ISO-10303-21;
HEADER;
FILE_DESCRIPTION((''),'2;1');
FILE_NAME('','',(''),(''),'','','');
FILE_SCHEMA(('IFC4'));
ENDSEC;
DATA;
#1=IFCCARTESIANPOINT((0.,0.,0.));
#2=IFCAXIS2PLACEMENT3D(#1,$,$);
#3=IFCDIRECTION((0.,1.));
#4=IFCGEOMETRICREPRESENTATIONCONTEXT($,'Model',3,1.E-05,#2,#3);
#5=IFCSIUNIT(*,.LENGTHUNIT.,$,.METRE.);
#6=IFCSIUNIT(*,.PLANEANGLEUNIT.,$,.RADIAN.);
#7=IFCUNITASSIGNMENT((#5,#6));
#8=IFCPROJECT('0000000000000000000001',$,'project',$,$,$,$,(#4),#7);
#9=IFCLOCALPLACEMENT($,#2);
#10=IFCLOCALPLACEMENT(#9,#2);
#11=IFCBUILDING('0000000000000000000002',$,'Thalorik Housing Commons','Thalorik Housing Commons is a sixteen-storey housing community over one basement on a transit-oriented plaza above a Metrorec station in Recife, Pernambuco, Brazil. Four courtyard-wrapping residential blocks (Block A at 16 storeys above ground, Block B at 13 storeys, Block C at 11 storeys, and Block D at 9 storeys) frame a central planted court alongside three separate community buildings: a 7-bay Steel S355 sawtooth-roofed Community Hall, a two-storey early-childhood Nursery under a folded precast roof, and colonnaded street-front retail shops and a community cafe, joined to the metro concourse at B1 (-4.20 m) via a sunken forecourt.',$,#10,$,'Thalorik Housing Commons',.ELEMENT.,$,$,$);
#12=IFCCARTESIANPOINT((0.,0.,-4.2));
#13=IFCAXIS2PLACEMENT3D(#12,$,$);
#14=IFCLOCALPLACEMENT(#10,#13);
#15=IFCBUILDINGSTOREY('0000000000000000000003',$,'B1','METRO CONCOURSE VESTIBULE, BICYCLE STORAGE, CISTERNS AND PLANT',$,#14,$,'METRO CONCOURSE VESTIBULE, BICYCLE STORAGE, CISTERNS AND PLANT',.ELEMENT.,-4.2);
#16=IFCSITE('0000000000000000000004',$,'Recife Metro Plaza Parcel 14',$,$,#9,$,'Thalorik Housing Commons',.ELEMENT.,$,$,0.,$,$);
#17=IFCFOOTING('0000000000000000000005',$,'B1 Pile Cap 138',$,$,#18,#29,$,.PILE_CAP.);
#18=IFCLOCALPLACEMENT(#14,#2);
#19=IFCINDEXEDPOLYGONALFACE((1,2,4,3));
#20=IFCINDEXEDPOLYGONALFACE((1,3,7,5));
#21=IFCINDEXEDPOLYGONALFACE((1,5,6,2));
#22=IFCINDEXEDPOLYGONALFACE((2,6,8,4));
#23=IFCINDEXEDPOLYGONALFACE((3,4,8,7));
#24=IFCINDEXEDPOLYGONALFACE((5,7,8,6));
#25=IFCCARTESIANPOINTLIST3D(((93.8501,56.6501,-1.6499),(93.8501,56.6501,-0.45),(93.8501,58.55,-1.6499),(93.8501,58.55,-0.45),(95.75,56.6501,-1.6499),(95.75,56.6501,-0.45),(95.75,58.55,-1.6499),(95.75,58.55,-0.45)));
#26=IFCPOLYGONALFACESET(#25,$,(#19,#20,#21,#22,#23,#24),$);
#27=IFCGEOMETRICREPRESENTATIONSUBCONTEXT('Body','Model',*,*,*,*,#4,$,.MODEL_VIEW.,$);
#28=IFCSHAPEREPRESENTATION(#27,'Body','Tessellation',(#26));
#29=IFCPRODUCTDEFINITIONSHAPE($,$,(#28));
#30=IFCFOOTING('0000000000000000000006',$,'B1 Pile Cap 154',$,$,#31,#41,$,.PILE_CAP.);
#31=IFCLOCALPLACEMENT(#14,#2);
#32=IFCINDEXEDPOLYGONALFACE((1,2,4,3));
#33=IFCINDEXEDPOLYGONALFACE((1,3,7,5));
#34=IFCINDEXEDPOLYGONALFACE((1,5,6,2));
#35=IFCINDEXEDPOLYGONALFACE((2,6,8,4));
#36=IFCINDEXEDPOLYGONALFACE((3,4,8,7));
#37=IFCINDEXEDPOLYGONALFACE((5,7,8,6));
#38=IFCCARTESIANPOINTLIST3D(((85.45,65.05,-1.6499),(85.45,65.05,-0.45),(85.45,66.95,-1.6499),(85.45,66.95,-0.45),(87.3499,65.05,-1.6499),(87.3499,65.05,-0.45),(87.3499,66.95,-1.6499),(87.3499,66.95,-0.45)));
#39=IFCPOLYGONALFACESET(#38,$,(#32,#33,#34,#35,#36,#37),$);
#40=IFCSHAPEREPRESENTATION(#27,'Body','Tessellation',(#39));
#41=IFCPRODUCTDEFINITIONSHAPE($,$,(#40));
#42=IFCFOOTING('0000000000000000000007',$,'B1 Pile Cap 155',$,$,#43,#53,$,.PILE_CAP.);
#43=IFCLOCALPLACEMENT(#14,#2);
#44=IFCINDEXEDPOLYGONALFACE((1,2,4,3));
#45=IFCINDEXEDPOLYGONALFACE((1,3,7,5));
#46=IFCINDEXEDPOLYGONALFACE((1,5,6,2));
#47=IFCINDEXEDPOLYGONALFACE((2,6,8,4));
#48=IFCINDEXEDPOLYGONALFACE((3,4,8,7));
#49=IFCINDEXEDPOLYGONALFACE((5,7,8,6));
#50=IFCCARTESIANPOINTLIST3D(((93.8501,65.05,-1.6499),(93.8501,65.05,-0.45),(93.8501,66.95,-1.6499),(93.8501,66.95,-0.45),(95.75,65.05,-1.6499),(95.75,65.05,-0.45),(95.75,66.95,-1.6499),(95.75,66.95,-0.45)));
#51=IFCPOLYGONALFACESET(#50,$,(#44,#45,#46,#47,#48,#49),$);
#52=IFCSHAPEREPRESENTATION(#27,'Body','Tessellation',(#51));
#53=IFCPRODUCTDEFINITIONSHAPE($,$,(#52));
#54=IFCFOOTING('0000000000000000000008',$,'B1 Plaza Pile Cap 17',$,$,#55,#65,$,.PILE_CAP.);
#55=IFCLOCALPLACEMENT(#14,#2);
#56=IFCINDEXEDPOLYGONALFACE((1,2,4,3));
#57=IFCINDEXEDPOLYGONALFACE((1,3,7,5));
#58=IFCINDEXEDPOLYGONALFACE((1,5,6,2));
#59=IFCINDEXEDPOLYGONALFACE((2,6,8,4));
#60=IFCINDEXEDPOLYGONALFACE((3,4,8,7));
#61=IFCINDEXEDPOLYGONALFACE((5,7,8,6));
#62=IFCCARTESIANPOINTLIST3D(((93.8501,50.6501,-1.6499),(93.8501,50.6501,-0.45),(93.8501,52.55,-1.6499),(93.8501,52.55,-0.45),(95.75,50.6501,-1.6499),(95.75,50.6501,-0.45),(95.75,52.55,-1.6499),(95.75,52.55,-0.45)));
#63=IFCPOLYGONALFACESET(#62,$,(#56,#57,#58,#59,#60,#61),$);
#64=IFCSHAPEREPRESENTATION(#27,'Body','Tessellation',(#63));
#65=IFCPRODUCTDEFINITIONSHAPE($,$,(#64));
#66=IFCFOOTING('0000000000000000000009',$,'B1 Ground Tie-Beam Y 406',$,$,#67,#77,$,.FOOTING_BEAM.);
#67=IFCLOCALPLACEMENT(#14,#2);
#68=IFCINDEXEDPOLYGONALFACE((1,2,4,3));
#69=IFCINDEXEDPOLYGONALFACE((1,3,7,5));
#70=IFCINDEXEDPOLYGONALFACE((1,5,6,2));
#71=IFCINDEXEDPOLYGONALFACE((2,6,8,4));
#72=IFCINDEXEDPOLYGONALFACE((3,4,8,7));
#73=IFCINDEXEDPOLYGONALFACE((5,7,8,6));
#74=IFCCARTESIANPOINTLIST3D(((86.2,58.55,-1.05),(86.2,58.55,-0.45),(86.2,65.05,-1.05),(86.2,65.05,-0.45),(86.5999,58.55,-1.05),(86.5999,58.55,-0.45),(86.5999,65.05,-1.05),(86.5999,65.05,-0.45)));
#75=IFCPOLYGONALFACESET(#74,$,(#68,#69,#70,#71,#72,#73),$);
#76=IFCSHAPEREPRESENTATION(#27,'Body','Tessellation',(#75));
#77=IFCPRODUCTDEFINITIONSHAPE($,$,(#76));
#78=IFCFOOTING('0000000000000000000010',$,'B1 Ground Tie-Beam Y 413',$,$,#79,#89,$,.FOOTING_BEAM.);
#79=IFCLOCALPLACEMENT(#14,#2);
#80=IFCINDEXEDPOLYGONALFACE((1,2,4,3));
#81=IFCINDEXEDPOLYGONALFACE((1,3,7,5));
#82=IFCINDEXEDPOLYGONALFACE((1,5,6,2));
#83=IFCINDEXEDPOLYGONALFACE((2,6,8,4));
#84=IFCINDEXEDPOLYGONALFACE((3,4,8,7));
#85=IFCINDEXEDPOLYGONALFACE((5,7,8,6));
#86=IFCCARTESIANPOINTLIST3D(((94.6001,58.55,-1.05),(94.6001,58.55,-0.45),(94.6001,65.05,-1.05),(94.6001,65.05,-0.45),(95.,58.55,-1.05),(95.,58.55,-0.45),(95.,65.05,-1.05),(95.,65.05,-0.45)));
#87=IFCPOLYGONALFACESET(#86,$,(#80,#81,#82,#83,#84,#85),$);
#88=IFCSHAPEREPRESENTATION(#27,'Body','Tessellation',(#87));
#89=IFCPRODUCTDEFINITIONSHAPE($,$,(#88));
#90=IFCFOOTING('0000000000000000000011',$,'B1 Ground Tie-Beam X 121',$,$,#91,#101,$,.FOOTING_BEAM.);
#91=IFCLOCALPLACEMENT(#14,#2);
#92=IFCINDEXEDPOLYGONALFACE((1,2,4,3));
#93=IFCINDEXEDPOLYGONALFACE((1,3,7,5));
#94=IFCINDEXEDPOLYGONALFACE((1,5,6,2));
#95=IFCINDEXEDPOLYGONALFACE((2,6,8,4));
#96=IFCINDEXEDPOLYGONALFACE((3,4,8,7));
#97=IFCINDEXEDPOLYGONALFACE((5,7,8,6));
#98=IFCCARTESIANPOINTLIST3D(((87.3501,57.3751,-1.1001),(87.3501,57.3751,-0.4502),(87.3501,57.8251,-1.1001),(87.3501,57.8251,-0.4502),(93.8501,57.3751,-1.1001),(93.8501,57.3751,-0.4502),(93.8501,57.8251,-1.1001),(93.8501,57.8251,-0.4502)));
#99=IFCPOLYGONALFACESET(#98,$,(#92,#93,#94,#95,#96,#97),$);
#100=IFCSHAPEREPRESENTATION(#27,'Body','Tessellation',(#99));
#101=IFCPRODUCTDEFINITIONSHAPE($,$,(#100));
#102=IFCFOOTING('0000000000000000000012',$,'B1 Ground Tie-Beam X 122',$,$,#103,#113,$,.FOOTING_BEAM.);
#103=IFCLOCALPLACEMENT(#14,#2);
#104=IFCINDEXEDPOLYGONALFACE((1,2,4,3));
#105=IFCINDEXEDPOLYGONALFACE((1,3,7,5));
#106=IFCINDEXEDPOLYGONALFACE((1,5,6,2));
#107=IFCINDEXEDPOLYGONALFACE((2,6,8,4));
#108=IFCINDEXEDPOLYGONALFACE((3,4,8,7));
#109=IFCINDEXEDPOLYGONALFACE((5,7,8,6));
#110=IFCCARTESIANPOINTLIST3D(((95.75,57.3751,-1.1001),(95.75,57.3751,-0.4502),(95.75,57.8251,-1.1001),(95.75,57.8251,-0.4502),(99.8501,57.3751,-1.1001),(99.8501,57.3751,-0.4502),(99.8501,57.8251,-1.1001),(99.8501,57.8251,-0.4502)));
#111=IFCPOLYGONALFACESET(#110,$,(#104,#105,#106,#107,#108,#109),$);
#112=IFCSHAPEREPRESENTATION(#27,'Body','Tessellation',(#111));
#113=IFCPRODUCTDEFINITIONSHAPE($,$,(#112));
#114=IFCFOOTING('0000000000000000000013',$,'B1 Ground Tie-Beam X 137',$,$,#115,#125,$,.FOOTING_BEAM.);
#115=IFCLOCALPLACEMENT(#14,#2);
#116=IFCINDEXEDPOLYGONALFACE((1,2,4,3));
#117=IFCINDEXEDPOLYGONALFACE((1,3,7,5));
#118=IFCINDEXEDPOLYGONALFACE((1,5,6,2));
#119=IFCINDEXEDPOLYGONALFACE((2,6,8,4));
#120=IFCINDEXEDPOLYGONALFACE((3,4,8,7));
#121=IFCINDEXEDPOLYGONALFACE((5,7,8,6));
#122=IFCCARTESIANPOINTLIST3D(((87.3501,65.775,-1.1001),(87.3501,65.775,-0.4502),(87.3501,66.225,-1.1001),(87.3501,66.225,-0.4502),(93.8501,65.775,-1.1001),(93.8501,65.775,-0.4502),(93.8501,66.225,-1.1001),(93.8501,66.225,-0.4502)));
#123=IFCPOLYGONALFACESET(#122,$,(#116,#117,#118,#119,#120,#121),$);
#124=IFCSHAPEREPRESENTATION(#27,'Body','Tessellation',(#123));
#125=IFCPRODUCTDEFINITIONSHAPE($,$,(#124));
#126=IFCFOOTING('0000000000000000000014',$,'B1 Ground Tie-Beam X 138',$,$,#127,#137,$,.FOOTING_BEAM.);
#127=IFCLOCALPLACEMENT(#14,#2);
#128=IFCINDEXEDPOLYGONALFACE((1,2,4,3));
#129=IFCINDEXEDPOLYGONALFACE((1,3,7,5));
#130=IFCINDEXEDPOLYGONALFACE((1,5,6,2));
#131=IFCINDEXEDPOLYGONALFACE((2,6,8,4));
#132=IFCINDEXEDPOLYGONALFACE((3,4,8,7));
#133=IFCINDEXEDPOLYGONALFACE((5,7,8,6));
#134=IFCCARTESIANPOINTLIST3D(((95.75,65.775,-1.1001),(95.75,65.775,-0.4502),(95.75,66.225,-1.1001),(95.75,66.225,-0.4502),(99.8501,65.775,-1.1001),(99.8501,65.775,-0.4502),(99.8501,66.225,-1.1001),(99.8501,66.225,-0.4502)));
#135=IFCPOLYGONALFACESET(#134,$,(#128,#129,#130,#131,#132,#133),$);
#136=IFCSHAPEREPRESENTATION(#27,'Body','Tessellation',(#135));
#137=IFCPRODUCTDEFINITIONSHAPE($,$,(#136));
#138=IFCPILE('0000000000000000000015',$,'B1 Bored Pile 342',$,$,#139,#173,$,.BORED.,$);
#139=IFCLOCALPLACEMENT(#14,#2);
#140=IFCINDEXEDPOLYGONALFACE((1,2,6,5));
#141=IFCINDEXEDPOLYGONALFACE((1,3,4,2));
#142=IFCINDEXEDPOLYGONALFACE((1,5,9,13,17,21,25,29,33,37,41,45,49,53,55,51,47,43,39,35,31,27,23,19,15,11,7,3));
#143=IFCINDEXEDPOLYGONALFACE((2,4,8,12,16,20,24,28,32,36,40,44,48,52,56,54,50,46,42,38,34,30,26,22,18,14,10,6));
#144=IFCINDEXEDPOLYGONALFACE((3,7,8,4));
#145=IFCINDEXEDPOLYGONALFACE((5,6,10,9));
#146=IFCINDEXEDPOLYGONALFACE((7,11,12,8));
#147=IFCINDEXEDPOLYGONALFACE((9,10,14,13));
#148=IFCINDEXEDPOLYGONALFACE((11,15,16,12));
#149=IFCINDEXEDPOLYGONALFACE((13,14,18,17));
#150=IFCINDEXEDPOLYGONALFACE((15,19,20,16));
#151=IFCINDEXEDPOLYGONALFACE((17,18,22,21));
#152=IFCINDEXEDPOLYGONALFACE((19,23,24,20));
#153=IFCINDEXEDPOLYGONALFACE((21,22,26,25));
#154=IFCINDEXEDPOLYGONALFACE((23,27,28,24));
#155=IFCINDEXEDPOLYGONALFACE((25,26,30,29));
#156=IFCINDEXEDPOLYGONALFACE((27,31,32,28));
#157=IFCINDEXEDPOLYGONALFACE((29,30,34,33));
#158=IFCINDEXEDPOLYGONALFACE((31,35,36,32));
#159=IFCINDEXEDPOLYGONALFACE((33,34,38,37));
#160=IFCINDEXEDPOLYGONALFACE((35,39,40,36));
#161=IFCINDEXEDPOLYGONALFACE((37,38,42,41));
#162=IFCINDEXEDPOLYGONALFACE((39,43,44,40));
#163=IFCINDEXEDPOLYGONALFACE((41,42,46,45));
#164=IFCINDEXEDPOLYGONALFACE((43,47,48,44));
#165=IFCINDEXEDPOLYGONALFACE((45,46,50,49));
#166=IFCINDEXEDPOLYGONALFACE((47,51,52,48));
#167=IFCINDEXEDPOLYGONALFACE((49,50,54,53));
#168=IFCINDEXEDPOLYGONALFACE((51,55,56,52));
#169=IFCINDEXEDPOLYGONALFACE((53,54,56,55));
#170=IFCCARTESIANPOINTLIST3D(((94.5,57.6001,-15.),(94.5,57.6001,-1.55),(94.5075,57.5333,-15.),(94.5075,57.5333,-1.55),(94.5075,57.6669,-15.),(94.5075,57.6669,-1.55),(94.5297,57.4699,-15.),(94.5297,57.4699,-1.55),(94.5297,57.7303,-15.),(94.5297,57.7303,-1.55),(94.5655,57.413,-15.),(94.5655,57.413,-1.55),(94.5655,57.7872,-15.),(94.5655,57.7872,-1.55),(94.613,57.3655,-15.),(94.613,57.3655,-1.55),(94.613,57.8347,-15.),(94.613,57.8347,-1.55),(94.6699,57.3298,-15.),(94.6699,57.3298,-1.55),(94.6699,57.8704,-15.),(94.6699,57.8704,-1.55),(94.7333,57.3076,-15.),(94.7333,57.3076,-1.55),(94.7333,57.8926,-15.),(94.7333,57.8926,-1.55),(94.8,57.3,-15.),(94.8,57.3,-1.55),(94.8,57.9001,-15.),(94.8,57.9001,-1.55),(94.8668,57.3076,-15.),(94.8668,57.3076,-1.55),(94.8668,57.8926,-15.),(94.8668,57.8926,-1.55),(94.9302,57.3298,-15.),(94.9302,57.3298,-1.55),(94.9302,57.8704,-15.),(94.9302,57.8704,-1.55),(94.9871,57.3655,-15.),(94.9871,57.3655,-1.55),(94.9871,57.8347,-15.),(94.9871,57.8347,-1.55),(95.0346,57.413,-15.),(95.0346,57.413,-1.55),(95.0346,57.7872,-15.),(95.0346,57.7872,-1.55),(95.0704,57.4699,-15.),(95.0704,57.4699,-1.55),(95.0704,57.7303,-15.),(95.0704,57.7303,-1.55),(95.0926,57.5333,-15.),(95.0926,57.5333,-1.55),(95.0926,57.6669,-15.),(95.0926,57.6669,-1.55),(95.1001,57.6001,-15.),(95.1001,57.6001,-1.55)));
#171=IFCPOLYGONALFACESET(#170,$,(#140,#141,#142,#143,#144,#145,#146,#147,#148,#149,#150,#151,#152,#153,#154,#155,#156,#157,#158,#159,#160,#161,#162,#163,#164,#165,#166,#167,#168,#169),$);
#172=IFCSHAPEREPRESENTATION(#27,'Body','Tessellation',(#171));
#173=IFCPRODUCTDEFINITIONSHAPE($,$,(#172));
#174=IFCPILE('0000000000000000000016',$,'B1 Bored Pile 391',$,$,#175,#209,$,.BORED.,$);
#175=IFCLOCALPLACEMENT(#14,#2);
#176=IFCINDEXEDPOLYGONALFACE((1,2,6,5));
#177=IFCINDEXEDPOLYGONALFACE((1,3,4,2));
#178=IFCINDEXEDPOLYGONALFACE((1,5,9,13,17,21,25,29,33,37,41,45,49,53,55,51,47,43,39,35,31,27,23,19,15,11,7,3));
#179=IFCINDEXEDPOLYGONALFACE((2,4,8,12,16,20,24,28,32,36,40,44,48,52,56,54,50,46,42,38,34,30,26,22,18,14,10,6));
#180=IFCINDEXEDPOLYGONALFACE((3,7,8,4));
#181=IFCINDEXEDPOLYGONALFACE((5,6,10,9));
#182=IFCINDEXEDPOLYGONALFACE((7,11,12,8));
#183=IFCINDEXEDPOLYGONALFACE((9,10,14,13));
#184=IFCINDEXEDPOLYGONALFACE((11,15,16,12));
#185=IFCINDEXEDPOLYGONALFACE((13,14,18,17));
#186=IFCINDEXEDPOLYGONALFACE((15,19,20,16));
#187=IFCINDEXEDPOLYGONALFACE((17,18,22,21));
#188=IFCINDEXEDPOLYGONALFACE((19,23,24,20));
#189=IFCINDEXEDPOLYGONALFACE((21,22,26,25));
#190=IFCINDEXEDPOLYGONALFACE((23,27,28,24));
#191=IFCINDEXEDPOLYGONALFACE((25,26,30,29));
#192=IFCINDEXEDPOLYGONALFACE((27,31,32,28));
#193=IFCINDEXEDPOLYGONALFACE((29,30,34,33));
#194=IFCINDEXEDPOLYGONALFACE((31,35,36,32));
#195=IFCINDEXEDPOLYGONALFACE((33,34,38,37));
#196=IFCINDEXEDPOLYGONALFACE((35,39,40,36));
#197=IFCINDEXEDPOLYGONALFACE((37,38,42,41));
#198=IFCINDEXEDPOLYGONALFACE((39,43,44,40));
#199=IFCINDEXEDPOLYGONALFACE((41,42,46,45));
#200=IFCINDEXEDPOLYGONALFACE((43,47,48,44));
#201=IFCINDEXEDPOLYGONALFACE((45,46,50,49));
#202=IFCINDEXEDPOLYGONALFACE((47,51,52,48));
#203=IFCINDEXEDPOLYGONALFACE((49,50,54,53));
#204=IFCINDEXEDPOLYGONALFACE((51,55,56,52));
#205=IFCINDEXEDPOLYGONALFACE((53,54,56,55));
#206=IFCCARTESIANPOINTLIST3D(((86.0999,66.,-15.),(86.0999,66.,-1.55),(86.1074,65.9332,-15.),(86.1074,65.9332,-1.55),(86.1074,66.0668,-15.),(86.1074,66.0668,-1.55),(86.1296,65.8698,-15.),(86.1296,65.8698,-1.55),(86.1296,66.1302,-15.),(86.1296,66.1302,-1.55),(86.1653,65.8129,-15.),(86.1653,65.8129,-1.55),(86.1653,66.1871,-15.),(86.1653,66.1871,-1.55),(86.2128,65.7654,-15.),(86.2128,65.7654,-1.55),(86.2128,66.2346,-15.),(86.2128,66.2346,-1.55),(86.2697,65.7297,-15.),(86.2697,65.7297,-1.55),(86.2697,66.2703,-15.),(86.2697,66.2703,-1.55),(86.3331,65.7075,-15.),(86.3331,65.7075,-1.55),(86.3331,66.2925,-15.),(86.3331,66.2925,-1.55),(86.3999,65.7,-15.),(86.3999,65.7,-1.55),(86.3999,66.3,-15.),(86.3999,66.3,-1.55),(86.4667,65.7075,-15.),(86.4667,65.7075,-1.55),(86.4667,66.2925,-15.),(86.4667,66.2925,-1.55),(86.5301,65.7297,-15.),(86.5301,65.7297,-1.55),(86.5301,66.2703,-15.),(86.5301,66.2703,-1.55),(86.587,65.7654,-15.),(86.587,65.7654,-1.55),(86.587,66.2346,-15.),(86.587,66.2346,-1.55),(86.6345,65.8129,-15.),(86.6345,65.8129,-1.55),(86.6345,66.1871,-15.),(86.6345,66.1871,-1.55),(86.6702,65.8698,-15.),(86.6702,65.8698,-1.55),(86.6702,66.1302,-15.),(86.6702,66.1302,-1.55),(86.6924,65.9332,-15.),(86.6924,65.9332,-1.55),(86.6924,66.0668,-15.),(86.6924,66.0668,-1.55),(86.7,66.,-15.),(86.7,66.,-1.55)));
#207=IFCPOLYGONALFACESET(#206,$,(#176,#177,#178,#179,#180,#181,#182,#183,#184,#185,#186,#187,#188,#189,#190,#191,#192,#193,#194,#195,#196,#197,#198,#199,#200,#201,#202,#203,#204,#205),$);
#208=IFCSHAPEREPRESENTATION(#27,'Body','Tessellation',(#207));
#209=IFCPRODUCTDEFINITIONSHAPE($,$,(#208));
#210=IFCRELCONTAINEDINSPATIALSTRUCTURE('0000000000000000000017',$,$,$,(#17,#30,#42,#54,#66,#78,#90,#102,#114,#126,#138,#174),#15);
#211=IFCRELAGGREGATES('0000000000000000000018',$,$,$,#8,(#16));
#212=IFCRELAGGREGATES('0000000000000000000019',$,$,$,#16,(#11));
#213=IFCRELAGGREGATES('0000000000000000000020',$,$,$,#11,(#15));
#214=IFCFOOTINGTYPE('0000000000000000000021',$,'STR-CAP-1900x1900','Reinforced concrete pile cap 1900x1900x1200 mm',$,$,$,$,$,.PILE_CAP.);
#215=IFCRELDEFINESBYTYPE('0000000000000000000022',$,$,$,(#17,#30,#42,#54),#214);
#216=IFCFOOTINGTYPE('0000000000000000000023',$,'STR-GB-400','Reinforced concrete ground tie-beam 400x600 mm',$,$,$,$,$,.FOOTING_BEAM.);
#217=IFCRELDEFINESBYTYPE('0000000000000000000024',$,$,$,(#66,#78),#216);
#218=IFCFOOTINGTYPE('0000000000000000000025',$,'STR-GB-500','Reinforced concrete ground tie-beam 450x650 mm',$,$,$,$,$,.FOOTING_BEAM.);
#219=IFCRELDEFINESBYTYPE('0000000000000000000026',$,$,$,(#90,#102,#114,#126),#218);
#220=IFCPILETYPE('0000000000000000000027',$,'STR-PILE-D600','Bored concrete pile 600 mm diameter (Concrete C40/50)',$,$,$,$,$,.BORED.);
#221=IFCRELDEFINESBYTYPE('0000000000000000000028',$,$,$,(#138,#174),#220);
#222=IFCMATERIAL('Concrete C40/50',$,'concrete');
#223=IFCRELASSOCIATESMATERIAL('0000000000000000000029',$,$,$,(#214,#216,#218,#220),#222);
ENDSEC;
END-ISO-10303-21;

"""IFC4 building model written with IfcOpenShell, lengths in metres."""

from ifc_helpers import new_model, si_unit, direction, frame, origin, origin_2d, place, context, subcontext, project, spatial, rectangle, circle, extrude, material, material_profile, profile_set, type_object, element, save


model = new_model("IFC4")

# Units and contexts
model_context = context("Model", 3, precision=1e-05, world=origin(), true_north=direction((0.0, 1.0)))
body_context = subcontext(model_context, "Body", "Model", "MODEL_VIEW")
ifc_project = project(units=[si_unit("LENGTHUNIT", "METRE"), si_unit("PLANEANGLEUNIT", "RADIAN")], contexts=[model_context])

# Site, building, storey
site_placement = place(None, origin())
site = spatial("IfcSite", under=ifc_project, at=site_placement, Name="Recife Metro Plaza Parcel 14", LongName="Thalorik Housing Commons", CompositionType="ELEMENT", RefElevation=0.0)
building_placement = place(site_placement, origin())
building = spatial("IfcBuilding", under=site, at=building_placement, Name="Thalorik Housing Commons", Description="Thalorik Housing Commons is a sixteen-storey housing community over one basement on a transit-oriented plaza above a Metrorec station in Recife, Pernambuco, Brazil. Four courtyard-wrapping residential blocks (Block A at 16 storeys above ground, Block B at 13 storeys, Block C at 11 storeys, and Block D at 9 storeys) frame a central planted court alongside three separate community buildings: a 7-bay Steel S355 sawtooth-roofed Community Hall, a two-storey early-childhood Nursery under a folded precast roof, and colonnaded street-front retail shops and a community cafe, joined to the metro concourse at B1 (-4.20 m) via a sunken forecourt.", LongName="Thalorik Housing Commons", CompositionType="ELEMENT")
storey_placement = place(building_placement, frame((0.0, 0.0, -4.2)))
storey = spatial("IfcBuildingStorey", under=building, at=storey_placement, Name="B1", Description="METRO CONCOURSE VESTIBULE, BICYCLE STORAGE, CISTERNS AND PLANT", LongName="METRO CONCOURSE VESTIBULE, BICYCLE STORAGE, CISTERNS AND PLANT", CompositionType="ELEMENT", Elevation=-4.2)

# Footings
ifc_material_1 = material(Name="Concrete C40/50", Category="concrete")
footing_type_1 = type_object("IfcFootingType", Name="STR-CAP-1900x1900", Description="Reinforced concrete pile cap 1900x1900x1200 mm", PredefinedType="PILE_CAP", material=ifc_material_1)
for number, where, z_axis, x_axis, name in (
    (1, (94.8, 57.6001, -1.6499), (0.0, 0.0, 1.0), (1.0, 0.0, 0.0), "B1 Pile Cap 138"),
    (2, (86.3999, 66.0, -1.6499), (0.0, 0.0, 1.0), (1.0, 0.0, 0.0), "B1 Pile Cap 154"),
    (3, (94.8, 66.0, -1.6499), (0.0, 0.0, 1.0), (1.0, 0.0, 0.0), "B1 Pile Cap 155"),
    (4, (94.8, 51.6001, -1.6499), (0.0, 0.0, 1.0), (1.0, 0.0, 0.0), "B1 Plaza Pile Cap 17"),
):
    element("IfcFooting", number, at=place(storey_placement, frame(where, z_axis=z_axis, x_axis=x_axis)), inside=storey, type_object=footing_type_1, Name=name, PredefinedType="PILE_CAP", context=body_context, shape_type="SweptSolid", body=[
        extrude(rectangle(XDim=1.8999, YDim=1.8999, at=origin_2d()), origin(), (0.0, 0.0, 1.0), 1.2),
    ])
ifc_material_profile_1 = material_profile(ifc_material_1, rectangle(XDim=0.3999, YDim=0.6001, at=origin_2d()), Name="RC 400x600", Category="concrete")
ifc_profile_set_1 = profile_set([ifc_material_profile_1], Name="Concrete C40/50")
footing_type_2 = type_object("IfcFootingType", Name="STR-GB-400", Description="Reinforced concrete ground tie-beam 400x600 mm", PredefinedType="FOOTING_BEAM", material=ifc_profile_set_1)
for number, where, z_axis, x_axis, name in (
    (5, (86.3999, 58.55, -0.75), (0.0, 1.0, 0.0), (-1.0, 0.0, 0.0), "B1 Ground Tie-Beam Y 406"),
    (6, (94.8, 58.55, -0.75), (0.0, 1.0, 0.0), (-1.0, 0.0, 0.0), "B1 Ground Tie-Beam Y 413"),
):
    element("IfcFooting", number, at=place(storey_placement, frame(where, z_axis=z_axis, x_axis=x_axis)), inside=storey, type_object=footing_type_2, Name=name, PredefinedType="FOOTING_BEAM", context=body_context, shape_type="SweptSolid", body=[
        extrude(rectangle(XDim=0.3999, YDim=0.6001, at=origin_2d()), origin(), (0.0, 0.0, 1.0), 6.5),
    ])
ifc_material_profile_2 = material_profile(ifc_material_1, rectangle(XDim=0.45, YDim=0.6499, at=origin_2d()), Name="RC 450x650", Category="concrete")
ifc_profile_set_2 = profile_set([ifc_material_profile_2], Name="Concrete C40/50")
footing_type_3 = type_object("IfcFootingType", Name="STR-GB-500", Description="Reinforced concrete ground tie-beam 450x650 mm", PredefinedType="FOOTING_BEAM", material=ifc_profile_set_2)
footing_1_placement = place(storey_placement, frame((87.3501, 57.6001, -0.7751), z_axis=(1.0, 0.0, 0.0), x_axis=(0.0, 1.0, 0.0)))
element("IfcFooting", 7, at=footing_1_placement, inside=storey, type_object=footing_type_3, Name="B1 Ground Tie-Beam X 121", PredefinedType="FOOTING_BEAM", context=body_context, shape_type="SweptSolid", body=[
    extrude(rectangle(XDim=0.45, YDim=0.6499, at=origin_2d()), origin(), (0.0, 0.0, 1.0), 6.5),
])
footing_2_placement = place(storey_placement, frame((95.75, 57.6001, -0.7751), z_axis=(1.0, 0.0, 0.0), x_axis=(0.0, 1.0, 0.0)))
element("IfcFooting", 8, at=footing_2_placement, inside=storey, type_object=footing_type_3, Name="B1 Ground Tie-Beam X 122", PredefinedType="FOOTING_BEAM", context=body_context, shape_type="SweptSolid", body=[
    extrude(rectangle(XDim=0.45, YDim=0.6499, at=origin_2d()), origin(), (0.0, 0.0, 1.0), 4.1001),
])
footing_3_placement = place(storey_placement, frame((87.3501, 66.0, -0.7751), z_axis=(1.0, 0.0, 0.0), x_axis=(0.0, 1.0, 0.0)))
element("IfcFooting", 9, at=footing_3_placement, inside=storey, type_object=footing_type_3, Name="B1 Ground Tie-Beam X 137", PredefinedType="FOOTING_BEAM", context=body_context, shape_type="SweptSolid", body=[
    extrude(rectangle(XDim=0.45, YDim=0.6499, at=origin_2d()), origin(), (0.0, 0.0, 1.0), 6.5),
])
footing_4_placement = place(storey_placement, frame((95.75, 66.0, -0.7751), z_axis=(1.0, 0.0, 0.0), x_axis=(0.0, 1.0, 0.0)))
element("IfcFooting", 10, at=footing_4_placement, inside=storey, type_object=footing_type_3, Name="B1 Ground Tie-Beam X 138", PredefinedType="FOOTING_BEAM", context=body_context, shape_type="SweptSolid", body=[
    extrude(rectangle(XDim=0.45, YDim=0.6499, at=origin_2d()), origin(), (0.0, 0.0, 1.0), 4.1001),
])

# Piles
ifc_material_profile_3 = material_profile(ifc_material_1, circle(Radius=0.3, at=origin_2d()), Name="BORED PILE D600", Category="concrete")
ifc_profile_set_3 = profile_set([ifc_material_profile_3], Name="Concrete C40/50")
pile_type_1 = type_object("IfcPileType", Name="STR-PILE-D600", Description="Bored concrete pile 600 mm diameter (Concrete C40/50)", PredefinedType="BORED", material=ifc_profile_set_3)
for number, where, z_axis, x_axis, name in (
    (11, (94.8, 57.6001, -1.55), (0.0, 0.0, -1.0), (1.0, 0.0, 0.0), "B1 Bored Pile 342"),
    (12, (86.3999, 66.0, -1.55), (0.0, 0.0, -1.0), (1.0, 0.0, 0.0), "B1 Bored Pile 391"),
):
    element("IfcPile", number, at=place(storey_placement, frame(where, z_axis=z_axis, x_axis=x_axis)), inside=storey, type_object=pile_type_1, Name=name, PredefinedType="BORED", context=body_context, shape_type="SweptSolid", body=[
        extrude(circle(Radius=0.3, at=origin_2d()), origin(), (0.0, 0.0, 1.0), 13.45),
    ])

save(model, "model.ifc")
